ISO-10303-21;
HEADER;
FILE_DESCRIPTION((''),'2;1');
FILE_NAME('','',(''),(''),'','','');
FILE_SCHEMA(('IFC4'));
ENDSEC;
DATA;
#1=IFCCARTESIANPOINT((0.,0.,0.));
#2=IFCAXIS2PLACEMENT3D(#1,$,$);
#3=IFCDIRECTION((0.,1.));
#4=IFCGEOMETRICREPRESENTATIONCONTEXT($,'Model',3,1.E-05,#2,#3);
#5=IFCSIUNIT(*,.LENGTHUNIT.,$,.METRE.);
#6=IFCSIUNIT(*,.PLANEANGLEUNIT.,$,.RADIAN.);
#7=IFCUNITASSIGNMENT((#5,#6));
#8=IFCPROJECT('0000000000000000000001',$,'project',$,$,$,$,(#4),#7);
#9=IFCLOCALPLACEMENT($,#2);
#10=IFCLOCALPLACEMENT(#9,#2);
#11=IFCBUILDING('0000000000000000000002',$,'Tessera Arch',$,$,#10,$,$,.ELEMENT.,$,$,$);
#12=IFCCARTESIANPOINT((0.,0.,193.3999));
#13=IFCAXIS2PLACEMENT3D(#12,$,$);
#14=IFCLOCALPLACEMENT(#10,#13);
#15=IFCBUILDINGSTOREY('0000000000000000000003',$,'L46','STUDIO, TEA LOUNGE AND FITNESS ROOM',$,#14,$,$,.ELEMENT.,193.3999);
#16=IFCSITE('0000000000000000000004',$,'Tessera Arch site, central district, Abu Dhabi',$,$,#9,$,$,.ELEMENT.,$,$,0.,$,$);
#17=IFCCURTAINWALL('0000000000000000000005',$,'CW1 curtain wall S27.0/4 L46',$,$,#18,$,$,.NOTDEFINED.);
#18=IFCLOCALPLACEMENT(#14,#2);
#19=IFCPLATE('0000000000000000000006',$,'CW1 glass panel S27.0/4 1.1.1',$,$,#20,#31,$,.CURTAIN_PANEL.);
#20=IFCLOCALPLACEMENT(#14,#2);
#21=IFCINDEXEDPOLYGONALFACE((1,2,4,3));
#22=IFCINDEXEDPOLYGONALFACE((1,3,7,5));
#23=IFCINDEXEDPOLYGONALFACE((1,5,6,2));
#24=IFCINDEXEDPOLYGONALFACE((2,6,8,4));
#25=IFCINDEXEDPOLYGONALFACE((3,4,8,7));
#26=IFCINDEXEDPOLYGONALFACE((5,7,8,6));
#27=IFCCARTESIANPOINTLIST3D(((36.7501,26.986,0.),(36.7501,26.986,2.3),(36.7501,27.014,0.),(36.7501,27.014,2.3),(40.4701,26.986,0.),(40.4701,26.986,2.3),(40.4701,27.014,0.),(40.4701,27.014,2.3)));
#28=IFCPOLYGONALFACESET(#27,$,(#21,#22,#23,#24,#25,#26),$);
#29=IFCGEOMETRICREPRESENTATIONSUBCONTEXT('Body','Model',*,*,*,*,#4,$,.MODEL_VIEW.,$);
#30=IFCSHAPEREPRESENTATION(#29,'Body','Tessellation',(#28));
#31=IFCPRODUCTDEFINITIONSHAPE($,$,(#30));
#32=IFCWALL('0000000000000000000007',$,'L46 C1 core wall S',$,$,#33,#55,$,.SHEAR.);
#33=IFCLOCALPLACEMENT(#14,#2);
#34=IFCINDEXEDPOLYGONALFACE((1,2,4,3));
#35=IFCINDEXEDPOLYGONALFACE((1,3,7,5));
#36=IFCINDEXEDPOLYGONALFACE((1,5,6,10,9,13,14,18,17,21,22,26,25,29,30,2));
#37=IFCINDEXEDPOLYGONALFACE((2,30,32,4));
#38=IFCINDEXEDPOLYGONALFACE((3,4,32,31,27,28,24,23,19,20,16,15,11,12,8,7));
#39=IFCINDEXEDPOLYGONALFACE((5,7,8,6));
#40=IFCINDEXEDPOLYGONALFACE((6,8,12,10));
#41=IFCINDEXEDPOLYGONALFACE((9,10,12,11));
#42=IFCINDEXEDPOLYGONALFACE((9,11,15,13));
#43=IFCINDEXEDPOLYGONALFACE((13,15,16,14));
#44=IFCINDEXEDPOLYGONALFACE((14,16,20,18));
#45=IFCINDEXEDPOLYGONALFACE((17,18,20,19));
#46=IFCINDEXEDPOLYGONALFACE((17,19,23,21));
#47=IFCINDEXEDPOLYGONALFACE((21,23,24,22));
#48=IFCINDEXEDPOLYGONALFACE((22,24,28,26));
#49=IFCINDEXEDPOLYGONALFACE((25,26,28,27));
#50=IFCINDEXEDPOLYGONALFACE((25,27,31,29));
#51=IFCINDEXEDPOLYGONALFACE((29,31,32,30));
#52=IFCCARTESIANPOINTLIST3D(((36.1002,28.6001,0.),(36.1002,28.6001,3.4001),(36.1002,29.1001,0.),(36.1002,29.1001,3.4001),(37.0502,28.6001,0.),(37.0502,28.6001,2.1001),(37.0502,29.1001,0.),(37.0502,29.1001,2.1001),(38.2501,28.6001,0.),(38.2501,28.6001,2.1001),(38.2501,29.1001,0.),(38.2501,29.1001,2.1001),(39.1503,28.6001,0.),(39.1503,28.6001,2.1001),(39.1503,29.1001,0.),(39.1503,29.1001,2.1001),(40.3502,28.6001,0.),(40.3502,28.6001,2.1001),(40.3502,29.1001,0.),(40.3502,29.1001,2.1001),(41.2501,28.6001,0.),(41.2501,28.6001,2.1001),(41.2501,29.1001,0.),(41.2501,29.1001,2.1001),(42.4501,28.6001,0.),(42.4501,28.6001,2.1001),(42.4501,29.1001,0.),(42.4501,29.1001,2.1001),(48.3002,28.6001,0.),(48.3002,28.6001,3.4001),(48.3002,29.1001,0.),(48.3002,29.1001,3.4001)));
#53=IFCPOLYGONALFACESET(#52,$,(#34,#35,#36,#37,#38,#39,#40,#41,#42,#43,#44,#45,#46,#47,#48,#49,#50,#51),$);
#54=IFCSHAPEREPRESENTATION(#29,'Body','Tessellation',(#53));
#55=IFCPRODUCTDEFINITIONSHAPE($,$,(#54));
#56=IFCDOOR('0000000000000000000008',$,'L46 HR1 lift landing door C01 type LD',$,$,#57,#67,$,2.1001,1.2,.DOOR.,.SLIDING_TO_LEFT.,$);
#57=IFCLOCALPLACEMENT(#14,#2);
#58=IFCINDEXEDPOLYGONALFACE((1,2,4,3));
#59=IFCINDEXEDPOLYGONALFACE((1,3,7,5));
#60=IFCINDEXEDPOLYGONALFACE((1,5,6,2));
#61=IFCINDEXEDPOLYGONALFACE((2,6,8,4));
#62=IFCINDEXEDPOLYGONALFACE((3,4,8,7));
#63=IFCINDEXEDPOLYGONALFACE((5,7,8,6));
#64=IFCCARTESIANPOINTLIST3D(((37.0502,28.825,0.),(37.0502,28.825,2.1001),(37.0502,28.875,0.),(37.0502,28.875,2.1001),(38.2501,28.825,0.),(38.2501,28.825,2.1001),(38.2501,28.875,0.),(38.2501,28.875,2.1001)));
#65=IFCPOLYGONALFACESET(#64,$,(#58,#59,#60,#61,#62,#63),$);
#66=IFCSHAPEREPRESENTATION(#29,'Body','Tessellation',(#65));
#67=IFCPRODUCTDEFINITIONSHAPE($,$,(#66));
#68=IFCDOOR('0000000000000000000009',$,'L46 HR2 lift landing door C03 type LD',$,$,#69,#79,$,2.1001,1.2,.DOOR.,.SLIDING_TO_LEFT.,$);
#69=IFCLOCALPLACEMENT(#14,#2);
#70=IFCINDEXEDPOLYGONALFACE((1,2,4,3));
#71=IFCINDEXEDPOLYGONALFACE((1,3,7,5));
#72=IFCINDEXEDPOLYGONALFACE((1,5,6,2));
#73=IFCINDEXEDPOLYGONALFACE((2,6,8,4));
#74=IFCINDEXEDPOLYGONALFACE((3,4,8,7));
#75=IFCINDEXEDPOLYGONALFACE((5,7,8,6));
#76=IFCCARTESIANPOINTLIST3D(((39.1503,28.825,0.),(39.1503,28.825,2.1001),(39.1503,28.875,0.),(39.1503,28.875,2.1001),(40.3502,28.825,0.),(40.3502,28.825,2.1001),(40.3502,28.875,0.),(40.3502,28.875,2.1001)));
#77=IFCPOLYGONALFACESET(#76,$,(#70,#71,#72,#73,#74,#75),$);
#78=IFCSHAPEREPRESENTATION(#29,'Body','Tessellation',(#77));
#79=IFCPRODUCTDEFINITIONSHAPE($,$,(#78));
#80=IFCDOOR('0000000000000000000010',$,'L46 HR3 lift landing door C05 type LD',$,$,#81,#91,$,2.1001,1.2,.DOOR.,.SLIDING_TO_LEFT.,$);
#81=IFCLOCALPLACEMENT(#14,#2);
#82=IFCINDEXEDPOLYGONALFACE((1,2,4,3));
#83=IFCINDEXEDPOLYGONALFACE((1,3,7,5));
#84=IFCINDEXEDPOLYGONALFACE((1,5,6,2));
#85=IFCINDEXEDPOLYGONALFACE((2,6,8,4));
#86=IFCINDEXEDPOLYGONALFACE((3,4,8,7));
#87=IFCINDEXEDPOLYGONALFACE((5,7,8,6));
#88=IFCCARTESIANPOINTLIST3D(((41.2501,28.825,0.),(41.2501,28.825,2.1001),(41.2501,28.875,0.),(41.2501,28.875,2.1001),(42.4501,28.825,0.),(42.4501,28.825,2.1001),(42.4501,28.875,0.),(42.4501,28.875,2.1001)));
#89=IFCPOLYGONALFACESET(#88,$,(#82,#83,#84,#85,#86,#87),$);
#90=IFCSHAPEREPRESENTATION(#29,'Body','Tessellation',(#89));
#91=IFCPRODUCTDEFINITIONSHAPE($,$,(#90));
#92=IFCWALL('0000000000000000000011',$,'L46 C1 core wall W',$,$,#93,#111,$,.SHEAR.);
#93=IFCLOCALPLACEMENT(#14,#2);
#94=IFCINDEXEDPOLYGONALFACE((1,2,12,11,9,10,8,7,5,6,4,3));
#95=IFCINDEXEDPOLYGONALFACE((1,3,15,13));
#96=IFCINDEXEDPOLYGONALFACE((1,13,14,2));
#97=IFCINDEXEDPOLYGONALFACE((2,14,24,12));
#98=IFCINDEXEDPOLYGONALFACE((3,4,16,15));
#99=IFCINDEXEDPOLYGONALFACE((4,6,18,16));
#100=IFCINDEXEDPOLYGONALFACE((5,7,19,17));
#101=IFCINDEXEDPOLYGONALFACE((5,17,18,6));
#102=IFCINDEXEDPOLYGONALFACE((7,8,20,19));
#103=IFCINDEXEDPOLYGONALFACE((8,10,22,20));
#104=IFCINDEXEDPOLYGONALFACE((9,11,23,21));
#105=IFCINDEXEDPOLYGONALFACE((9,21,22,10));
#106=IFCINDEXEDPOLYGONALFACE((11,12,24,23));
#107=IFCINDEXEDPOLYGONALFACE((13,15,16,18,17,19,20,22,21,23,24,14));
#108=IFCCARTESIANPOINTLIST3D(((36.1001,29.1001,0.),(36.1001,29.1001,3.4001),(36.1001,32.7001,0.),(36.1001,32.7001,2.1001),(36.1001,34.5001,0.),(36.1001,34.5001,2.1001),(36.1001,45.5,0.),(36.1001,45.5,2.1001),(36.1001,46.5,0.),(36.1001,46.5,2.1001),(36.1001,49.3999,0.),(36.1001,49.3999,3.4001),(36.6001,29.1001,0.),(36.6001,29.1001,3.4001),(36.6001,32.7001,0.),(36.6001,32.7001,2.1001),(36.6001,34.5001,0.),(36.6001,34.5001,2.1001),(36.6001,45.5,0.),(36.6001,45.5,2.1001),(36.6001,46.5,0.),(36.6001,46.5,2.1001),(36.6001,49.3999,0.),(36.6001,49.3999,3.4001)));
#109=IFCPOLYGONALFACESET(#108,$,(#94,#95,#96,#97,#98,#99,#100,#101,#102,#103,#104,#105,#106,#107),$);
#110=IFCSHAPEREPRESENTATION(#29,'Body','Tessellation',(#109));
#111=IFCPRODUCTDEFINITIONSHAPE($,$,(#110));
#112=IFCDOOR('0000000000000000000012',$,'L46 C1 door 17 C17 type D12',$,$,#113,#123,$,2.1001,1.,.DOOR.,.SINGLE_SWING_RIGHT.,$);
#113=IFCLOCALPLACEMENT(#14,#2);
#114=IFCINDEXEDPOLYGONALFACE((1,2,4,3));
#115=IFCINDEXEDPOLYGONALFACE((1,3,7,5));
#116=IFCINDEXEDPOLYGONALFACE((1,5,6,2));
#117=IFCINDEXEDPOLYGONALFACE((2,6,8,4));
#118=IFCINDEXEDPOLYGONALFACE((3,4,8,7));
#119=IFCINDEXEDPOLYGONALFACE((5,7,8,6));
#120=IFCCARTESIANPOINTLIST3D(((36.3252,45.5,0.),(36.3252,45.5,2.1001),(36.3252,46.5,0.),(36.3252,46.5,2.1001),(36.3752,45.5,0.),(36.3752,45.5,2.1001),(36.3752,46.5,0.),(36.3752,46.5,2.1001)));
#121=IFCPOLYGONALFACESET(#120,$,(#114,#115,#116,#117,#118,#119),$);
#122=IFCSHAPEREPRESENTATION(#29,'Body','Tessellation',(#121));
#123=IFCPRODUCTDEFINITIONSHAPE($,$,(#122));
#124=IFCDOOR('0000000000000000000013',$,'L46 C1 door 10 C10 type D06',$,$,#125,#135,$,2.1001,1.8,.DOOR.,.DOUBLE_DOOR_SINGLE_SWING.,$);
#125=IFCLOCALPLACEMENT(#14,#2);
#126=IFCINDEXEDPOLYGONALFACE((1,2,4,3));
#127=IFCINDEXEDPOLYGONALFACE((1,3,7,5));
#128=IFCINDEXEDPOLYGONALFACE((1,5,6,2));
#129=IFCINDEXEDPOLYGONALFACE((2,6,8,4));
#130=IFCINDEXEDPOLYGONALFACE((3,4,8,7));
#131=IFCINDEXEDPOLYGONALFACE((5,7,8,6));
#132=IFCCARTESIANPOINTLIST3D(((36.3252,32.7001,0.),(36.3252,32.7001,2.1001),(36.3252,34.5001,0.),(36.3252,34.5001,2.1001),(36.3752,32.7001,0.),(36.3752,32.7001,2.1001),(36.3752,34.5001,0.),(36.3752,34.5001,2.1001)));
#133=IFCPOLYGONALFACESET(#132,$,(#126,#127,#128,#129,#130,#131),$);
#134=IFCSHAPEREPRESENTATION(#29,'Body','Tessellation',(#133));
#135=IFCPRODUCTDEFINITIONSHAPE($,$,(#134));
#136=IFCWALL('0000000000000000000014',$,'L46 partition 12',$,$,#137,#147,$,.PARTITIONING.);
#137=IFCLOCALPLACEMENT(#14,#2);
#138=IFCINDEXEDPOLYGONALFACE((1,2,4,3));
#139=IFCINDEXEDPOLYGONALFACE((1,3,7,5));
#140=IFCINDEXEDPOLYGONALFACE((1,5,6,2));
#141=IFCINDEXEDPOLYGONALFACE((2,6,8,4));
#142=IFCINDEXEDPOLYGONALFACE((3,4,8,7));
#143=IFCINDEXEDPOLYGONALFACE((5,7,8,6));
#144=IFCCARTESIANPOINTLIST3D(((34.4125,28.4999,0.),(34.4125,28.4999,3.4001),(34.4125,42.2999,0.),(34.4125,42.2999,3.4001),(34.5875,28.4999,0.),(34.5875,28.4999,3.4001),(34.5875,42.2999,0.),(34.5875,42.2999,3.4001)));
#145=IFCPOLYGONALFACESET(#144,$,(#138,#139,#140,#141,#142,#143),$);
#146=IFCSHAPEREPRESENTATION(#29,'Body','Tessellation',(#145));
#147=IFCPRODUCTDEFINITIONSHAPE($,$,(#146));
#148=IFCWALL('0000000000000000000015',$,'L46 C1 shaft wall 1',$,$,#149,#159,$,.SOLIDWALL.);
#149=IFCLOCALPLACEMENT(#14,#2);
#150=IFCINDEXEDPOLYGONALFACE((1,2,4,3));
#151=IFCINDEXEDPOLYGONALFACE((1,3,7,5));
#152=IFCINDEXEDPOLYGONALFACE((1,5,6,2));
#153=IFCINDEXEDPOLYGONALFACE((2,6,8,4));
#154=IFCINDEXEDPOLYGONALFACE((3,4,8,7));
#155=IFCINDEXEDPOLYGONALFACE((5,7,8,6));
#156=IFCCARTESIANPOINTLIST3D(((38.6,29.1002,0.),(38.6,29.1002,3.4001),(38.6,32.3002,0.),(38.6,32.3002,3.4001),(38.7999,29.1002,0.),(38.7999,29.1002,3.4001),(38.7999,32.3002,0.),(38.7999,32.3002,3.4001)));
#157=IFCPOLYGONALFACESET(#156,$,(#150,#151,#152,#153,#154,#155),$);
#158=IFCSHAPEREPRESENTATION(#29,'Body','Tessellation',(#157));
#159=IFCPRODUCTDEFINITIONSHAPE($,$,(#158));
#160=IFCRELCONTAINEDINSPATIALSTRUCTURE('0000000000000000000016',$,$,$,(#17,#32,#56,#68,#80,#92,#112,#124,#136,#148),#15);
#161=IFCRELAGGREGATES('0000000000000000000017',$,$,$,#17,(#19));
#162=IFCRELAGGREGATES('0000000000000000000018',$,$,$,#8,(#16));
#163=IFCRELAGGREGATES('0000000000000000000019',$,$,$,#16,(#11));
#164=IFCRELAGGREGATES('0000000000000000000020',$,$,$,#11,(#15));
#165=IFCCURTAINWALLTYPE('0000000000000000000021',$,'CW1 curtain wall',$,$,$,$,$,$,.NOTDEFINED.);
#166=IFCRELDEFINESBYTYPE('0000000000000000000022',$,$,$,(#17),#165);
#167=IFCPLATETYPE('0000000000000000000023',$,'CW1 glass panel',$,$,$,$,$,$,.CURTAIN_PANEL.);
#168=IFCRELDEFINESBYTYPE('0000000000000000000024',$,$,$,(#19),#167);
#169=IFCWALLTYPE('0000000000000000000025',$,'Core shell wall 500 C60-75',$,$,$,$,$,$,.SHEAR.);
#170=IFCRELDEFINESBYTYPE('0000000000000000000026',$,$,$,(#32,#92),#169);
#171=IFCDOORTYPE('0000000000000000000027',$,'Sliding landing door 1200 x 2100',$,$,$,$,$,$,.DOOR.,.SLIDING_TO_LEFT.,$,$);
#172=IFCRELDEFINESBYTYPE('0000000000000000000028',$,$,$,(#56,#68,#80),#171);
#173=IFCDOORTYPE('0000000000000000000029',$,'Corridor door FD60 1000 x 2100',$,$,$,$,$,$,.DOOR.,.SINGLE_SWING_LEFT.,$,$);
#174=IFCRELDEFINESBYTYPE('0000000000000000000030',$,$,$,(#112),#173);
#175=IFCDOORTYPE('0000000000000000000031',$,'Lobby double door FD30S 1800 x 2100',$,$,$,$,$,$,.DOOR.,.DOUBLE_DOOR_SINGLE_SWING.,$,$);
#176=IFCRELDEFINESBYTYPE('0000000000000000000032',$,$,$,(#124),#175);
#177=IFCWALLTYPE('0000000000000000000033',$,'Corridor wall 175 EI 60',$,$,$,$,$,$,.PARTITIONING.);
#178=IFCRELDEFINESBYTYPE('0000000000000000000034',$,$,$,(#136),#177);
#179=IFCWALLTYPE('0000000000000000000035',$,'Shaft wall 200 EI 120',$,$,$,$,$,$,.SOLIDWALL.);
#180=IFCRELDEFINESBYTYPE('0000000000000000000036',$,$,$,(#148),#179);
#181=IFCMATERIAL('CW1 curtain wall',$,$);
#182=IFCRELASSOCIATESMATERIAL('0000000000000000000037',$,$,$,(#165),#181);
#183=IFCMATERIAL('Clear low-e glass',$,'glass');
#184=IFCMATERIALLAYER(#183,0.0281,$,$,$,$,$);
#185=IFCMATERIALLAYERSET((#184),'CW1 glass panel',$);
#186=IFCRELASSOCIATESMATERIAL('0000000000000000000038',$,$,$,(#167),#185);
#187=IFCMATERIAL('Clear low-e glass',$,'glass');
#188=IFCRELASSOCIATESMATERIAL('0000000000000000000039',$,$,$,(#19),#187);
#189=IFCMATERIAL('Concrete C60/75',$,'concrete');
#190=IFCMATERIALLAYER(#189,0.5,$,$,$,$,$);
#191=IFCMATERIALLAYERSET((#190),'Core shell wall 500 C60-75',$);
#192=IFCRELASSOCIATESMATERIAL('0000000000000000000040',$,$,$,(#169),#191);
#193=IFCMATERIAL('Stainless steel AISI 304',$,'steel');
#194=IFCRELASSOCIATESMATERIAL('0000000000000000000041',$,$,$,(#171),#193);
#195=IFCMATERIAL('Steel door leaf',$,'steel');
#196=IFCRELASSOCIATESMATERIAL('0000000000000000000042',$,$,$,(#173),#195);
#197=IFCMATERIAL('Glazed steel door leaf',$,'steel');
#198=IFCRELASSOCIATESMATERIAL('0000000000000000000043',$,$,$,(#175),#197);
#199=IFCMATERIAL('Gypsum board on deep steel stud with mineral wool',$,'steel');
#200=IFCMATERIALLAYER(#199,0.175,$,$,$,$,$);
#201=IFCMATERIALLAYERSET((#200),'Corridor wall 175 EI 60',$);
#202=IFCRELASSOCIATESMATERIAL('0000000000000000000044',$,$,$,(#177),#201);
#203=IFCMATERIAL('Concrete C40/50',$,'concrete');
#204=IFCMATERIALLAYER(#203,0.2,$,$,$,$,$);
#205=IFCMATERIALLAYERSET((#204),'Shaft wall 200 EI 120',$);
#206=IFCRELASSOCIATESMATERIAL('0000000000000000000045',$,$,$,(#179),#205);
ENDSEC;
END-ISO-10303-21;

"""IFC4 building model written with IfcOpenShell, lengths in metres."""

from ifc_helpers import new_model, si_unit, direction, frame, frame_2d, origin, origin_2d, place, context, subcontext, project, spatial, rectangle, extrude, material, layer, layer_set, type_object, element, fill, aggregate, save


model = new_model("IFC4")

# Units and contexts
model_context = context("Model", 3, precision=1e-05, world=origin(), true_north=direction((0.0, 1.0)))
body_context = subcontext(model_context, "Body", "Model", "MODEL_VIEW")
ifc_project = project(units=[si_unit("LENGTHUNIT", "METRE"), si_unit("PLANEANGLEUNIT", "RADIAN")], contexts=[model_context])

# Site, building, storey
site_placement = place(None, origin())
site = spatial("IfcSite", under=ifc_project, at=site_placement, Name="Tessera Arch site, central district, Abu Dhabi", CompositionType="ELEMENT", RefElevation=0.0)
building_placement = place(site_placement, origin())
building = spatial("IfcBuilding", under=site, at=building_placement, Name="Tessera Arch", CompositionType="ELEMENT")
storey_placement = place(building_placement, frame((0.0, 0.0, 193.3999)))
storey = spatial("IfcBuildingStorey", under=building, at=storey_placement, Name="L46", Description="STUDIO, TEA LOUNGE AND FITNESS ROOM", CompositionType="ELEMENT", Elevation=193.3999)

# Curtain wall, plate
ifc_material_1 = material(Name="CW1 curtain wall")
curtain_wall_type = type_object("IfcCurtainWallType", Name="CW1 curtain wall", PredefinedType="NOTDEFINED", material=ifc_material_1)
curtain_wall_placement = place(storey_placement, origin())
curtain_wall = element("IfcCurtainWall", 1, at=curtain_wall_placement, inside=storey, type_object=curtain_wall_type, Name="CW1 curtain wall S27.0/4 L46", PredefinedType="NOTDEFINED")
ifc_material_2 = material(Name="Clear low-e glass", Category="glass")
ifc_material_3 = material(Name="Clear low-e glass", Category="glass")
ifc_layer_1 = layer(ifc_material_3, 0.0281)
ifc_layer_set_1 = layer_set([ifc_layer_1], Name="CW1 glass panel")
plate_type = type_object("IfcPlateType", Name="CW1 glass panel", PredefinedType="CURTAIN_PANEL", material=ifc_layer_set_1)
plate_placement = place(storey_placement, frame((38.6101, 27.0, 0.0), z_axis=(0.0, 0.0, 1.0), x_axis=(1.0, 0.0, 0.0)))
plate = element("IfcPlate", 2, at=plate_placement, type_object=plate_type, material=ifc_material_2, Name="CW1 glass panel S27.0/4 1.1.1", PredefinedType="CURTAIN_PANEL", context=body_context, shape_type="SweptSolid", body=[
    extrude(rectangle(XDim=3.72, YDim=0.0281, at=origin_2d()), origin(), (0.0, 0.0, 1.0), 2.3),
])
aggregate(curtain_wall, [plate])

# Walls, openings, doors
ifc_material_4 = material(Name="Concrete C60/75", Category="concrete")
ifc_layer_2 = layer(ifc_material_4, 0.5)
ifc_layer_set_2 = layer_set([ifc_layer_2], Name="Core shell wall 500 C60-75")
wall_type_1 = type_object("IfcWallType", Name="Core shell wall 500 C60-75", PredefinedType="SHEAR", material=ifc_layer_set_2)
wall_1_placement = place(storey_placement, frame((36.1001, 28.8501, 0.0), z_axis=(0.0, 0.0, 1.0), x_axis=(1.0, 0.0, 0.0)))
wall_1 = element("IfcWall", 3, at=wall_1_placement, inside=storey, type_object=wall_type_1, Name="L46 C1 core wall S", PredefinedType="SHEAR", context=body_context, shape_type="SweptSolid", body=[
    extrude(rectangle(XDim=12.2, YDim=0.5, at=frame_2d((6.1001, 0.0))), origin(), (0.0, 0.0, 1.0), 3.4001),
])
opening_1_placement = place(wall_1_placement, frame((0.95, 0.0, 0.0)))
opening_1 = element("IfcOpeningElement", 4, at=opening_1_placement, cuts=wall_1, PredefinedType="OPENING", context=body_context, shape_type="SweptSolid", body=[
    extrude(rectangle(XDim=1.2, YDim=2.1001, at=frame_2d((0.6001, 1.05))), frame((0.0, 0.26, 0.0), z_axis=(0.0, -1.0, 0.0), x_axis=(1.0, 0.0, 0.0)), (0.0, 0.0, 1.0), 0.52),
])
opening_2_placement = place(wall_1_placement, frame((3.05, 0.0, 0.0)))
opening_2 = element("IfcOpeningElement", 5, at=opening_2_placement, cuts=wall_1, PredefinedType="OPENING", context=body_context, shape_type="SweptSolid", body=[
    extrude(rectangle(XDim=1.2, YDim=2.1001, at=frame_2d((0.6001, 1.05))), frame((0.0, 0.26, 0.0), z_axis=(0.0, -1.0, 0.0), x_axis=(1.0, 0.0, 0.0)), (0.0, 0.0, 1.0), 0.52),
])
opening_3_placement = place(wall_1_placement, frame((5.1499, 0.0, 0.0)))
opening_3 = element("IfcOpeningElement", 6, at=opening_3_placement, cuts=wall_1, PredefinedType="OPENING", context=body_context, shape_type="SweptSolid", body=[
    extrude(rectangle(XDim=1.2, YDim=2.1001, at=frame_2d((0.6001, 1.05))), frame((0.0, 0.26, 0.0), z_axis=(0.0, -1.0, 0.0), x_axis=(1.0, 0.0, 0.0)), (0.0, 0.0, 1.0), 0.52),
])
ifc_material_5 = material(Name="Stainless steel AISI 304", Category="steel")
door_type_1 = type_object("IfcDoorType", Name="Sliding landing door 1200 x 2100", OperationType="SLIDING_TO_LEFT", PredefinedType="DOOR", material=ifc_material_5)
door_1_placement = place(opening_1_placement, origin())
door_1 = element("IfcDoor", 7, at=door_1_placement, inside=storey, type_object=door_type_1, Name="L46 HR1 lift landing door C01 type LD", OperationType="SLIDING_TO_LEFT", OverallHeight=2.1001, OverallWidth=1.2, PredefinedType="DOOR", context=body_context, shape_type="SweptSolid", body=[
    extrude(rectangle(XDim=1.2, YDim=2.1001, at=frame_2d((0.6001, 1.05))), frame((0.0, 0.0249, 0.0), z_axis=(0.0, -1.0, 0.0), x_axis=(1.0, 0.0, 0.0)), (0.0, 0.0, 1.0), 0.05),
])
fill(opening_1, door_1)
door_2_placement = place(opening_2_placement, origin())
door_2 = element("IfcDoor", 8, at=door_2_placement, inside=storey, type_object=door_type_1, Name="L46 HR2 lift landing door C03 type LD", OperationType="SLIDING_TO_LEFT", OverallHeight=2.1001, OverallWidth=1.2, PredefinedType="DOOR", context=body_context, shape_type="SweptSolid", body=[
    extrude(rectangle(XDim=1.2, YDim=2.1001, at=frame_2d((0.6001, 1.05))), frame((0.0, 0.0249, 0.0), z_axis=(0.0, -1.0, 0.0), x_axis=(1.0, 0.0, 0.0)), (0.0, 0.0, 1.0), 0.05),
])
fill(opening_2, door_2)
door_3_placement = place(opening_3_placement, origin())
door_3 = element("IfcDoor", 9, at=door_3_placement, inside=storey, type_object=door_type_1, Name="L46 HR3 lift landing door C05 type LD", OperationType="SLIDING_TO_LEFT", OverallHeight=2.1001, OverallWidth=1.2, PredefinedType="DOOR", context=body_context, shape_type="SweptSolid", body=[
    extrude(rectangle(XDim=1.2, YDim=2.1001, at=frame_2d((0.6001, 1.05))), frame((0.0, 0.0249, 0.0), z_axis=(0.0, -1.0, 0.0), x_axis=(1.0, 0.0, 0.0)), (0.0, 0.0, 1.0), 0.05),
])
fill(opening_3, door_3)
wall_2_placement = place(storey_placement, frame((36.3501, 29.1001, 0.0), z_axis=(0.0, 0.0, 1.0), x_axis=(0.0, 1.0, 0.0)))
wall_2 = element("IfcWall", 10, at=wall_2_placement, inside=storey, type_object=wall_type_1, Name="L46 C1 core wall W", PredefinedType="SHEAR", context=body_context, shape_type="SweptSolid", body=[
    extrude(rectangle(XDim=20.2998, YDim=0.5, at=frame_2d((10.1499, 0.0))), origin(), (0.0, 0.0, 1.0), 3.4001),
])
opening_4_placement = place(wall_2_placement, frame((3.6001, 0.0, 0.0)))
opening_4 = element("IfcOpeningElement", 11, at=opening_4_placement, cuts=wall_2, PredefinedType="OPENING", context=body_context, shape_type="SweptSolid", body=[
    extrude(rectangle(XDim=1.8, YDim=2.1001, at=frame_2d((0.8999, 1.05))), frame((0.0, 0.26, 0.0), z_axis=(0.0, -1.0, 0.0), x_axis=(1.0, 0.0, 0.0)), (0.0, 0.0, 1.0), 0.52),
])
opening_5_placement = place(wall_2_placement, frame((16.3999, 0.0, 0.0)))
opening_5 = element("IfcOpeningElement", 12, at=opening_5_placement, cuts=wall_2, PredefinedType="OPENING", context=body_context, shape_type="SweptSolid", body=[
    extrude(rectangle(XDim=1.0, YDim=2.1001, at=frame_2d((0.5, 1.05))), frame((0.0, 0.26, 0.0), z_axis=(0.0, -1.0, 0.0), x_axis=(1.0, 0.0, 0.0)), (0.0, 0.0, 1.0), 0.52),
])
ifc_material_6 = material(Name="Steel door leaf", Category="steel")
door_type_2 = type_object("IfcDoorType", Name="Corridor door FD60 1000 x 2100", OperationType="SINGLE_SWING_LEFT", PredefinedType="DOOR", material=ifc_material_6)
door_4_placement = place(opening_5_placement, origin())
door_4 = element("IfcDoor", 13, at=door_4_placement, inside=storey, type_object=door_type_2, Name="L46 C1 door 17 C17 type D12", OperationType="SINGLE_SWING_RIGHT", OverallHeight=2.1001, OverallWidth=1.0, PredefinedType="DOOR", context=body_context, shape_type="SweptSolid", body=[
    extrude(rectangle(XDim=1.0, YDim=2.1001, at=frame_2d((0.5, 1.05))), frame((0.0, 0.0249, 0.0), z_axis=(0.0, -1.0, 0.0), x_axis=(1.0, 0.0, 0.0)), (0.0, 0.0, 1.0), 0.05),
])
fill(opening_5, door_4)
ifc_material_7 = material(Name="Glazed steel door leaf", Category="steel")
door_type_3 = type_object("IfcDoorType", Name="Lobby double door FD30S 1800 x 2100", OperationType="DOUBLE_DOOR_SINGLE_SWING", PredefinedType="DOOR", material=ifc_material_7)
door_5_placement = place(opening_4_placement, origin())
door_5 = element("IfcDoor", 14, at=door_5_placement, inside=storey, type_object=door_type_3, Name="L46 C1 door 10 C10 type D06", OperationType="DOUBLE_DOOR_SINGLE_SWING", OverallHeight=2.1001, OverallWidth=1.8, PredefinedType="DOOR", context=body_context, shape_type="SweptSolid", body=[
    extrude(rectangle(XDim=1.8, YDim=2.1001, at=frame_2d((0.8999, 1.05))), frame((0.0, 0.0249, 0.0), z_axis=(0.0, -1.0, 0.0), x_axis=(1.0, 0.0, 0.0)), (0.0, 0.0, 1.0), 0.05),
])
fill(opening_4, door_5)

# Walls
ifc_material_8 = material(Name="Gypsum board on deep steel stud with mineral wool", Category="steel")
ifc_layer_3 = layer(ifc_material_8, 0.175)
ifc_layer_set_3 = layer_set([ifc_layer_3], Name="Corridor wall 175 EI 60")
wall_type_2 = type_object("IfcWallType", Name="Corridor wall 175 EI 60", PredefinedType="PARTITIONING", material=ifc_layer_set_3)
wall_3_placement = place(storey_placement, frame((34.5, 28.5, 0.0), z_axis=(0.0, 0.0, 1.0), x_axis=(0.0, 1.0, 0.0)))
element("IfcWall", 15, at=wall_3_placement, inside=storey, type_object=wall_type_2, Name="L46 partition 12", PredefinedType="PARTITIONING", context=body_context, shape_type="SweptSolid", body=[
    extrude(rectangle(XDim=13.8, YDim=0.175, at=frame_2d((6.8999, 0.0))), origin(), (0.0, 0.0, 1.0), 3.4001),
])
ifc_material_9 = material(Name="Concrete C40/50", Category="concrete")
ifc_layer_4 = layer(ifc_material_9, 0.2)
ifc_layer_set_4 = layer_set([ifc_layer_4], Name="Shaft wall 200 EI 120")
wall_type_3 = type_object("IfcWallType", Name="Shaft wall 200 EI 120", PredefinedType="SOLIDWALL", material=ifc_layer_set_4)
wall_4_placement = place(storey_placement, frame((38.7, 29.1001, 0.0), z_axis=(0.0, 0.0, 1.0), x_axis=(0.0, 1.0, 0.0)))
element("IfcWall", 16, at=wall_4_placement, inside=storey, type_object=wall_type_3, Name="L46 C1 shaft wall 1", PredefinedType="SOLIDWALL", context=body_context, shape_type="SweptSolid", body=[
    extrude(rectangle(XDim=3.2, YDim=0.2, at=frame_2d((1.6001, 0.0))), origin(), (0.0, 0.0, 1.0), 3.4001),
])

save(model, "model.ifc")
